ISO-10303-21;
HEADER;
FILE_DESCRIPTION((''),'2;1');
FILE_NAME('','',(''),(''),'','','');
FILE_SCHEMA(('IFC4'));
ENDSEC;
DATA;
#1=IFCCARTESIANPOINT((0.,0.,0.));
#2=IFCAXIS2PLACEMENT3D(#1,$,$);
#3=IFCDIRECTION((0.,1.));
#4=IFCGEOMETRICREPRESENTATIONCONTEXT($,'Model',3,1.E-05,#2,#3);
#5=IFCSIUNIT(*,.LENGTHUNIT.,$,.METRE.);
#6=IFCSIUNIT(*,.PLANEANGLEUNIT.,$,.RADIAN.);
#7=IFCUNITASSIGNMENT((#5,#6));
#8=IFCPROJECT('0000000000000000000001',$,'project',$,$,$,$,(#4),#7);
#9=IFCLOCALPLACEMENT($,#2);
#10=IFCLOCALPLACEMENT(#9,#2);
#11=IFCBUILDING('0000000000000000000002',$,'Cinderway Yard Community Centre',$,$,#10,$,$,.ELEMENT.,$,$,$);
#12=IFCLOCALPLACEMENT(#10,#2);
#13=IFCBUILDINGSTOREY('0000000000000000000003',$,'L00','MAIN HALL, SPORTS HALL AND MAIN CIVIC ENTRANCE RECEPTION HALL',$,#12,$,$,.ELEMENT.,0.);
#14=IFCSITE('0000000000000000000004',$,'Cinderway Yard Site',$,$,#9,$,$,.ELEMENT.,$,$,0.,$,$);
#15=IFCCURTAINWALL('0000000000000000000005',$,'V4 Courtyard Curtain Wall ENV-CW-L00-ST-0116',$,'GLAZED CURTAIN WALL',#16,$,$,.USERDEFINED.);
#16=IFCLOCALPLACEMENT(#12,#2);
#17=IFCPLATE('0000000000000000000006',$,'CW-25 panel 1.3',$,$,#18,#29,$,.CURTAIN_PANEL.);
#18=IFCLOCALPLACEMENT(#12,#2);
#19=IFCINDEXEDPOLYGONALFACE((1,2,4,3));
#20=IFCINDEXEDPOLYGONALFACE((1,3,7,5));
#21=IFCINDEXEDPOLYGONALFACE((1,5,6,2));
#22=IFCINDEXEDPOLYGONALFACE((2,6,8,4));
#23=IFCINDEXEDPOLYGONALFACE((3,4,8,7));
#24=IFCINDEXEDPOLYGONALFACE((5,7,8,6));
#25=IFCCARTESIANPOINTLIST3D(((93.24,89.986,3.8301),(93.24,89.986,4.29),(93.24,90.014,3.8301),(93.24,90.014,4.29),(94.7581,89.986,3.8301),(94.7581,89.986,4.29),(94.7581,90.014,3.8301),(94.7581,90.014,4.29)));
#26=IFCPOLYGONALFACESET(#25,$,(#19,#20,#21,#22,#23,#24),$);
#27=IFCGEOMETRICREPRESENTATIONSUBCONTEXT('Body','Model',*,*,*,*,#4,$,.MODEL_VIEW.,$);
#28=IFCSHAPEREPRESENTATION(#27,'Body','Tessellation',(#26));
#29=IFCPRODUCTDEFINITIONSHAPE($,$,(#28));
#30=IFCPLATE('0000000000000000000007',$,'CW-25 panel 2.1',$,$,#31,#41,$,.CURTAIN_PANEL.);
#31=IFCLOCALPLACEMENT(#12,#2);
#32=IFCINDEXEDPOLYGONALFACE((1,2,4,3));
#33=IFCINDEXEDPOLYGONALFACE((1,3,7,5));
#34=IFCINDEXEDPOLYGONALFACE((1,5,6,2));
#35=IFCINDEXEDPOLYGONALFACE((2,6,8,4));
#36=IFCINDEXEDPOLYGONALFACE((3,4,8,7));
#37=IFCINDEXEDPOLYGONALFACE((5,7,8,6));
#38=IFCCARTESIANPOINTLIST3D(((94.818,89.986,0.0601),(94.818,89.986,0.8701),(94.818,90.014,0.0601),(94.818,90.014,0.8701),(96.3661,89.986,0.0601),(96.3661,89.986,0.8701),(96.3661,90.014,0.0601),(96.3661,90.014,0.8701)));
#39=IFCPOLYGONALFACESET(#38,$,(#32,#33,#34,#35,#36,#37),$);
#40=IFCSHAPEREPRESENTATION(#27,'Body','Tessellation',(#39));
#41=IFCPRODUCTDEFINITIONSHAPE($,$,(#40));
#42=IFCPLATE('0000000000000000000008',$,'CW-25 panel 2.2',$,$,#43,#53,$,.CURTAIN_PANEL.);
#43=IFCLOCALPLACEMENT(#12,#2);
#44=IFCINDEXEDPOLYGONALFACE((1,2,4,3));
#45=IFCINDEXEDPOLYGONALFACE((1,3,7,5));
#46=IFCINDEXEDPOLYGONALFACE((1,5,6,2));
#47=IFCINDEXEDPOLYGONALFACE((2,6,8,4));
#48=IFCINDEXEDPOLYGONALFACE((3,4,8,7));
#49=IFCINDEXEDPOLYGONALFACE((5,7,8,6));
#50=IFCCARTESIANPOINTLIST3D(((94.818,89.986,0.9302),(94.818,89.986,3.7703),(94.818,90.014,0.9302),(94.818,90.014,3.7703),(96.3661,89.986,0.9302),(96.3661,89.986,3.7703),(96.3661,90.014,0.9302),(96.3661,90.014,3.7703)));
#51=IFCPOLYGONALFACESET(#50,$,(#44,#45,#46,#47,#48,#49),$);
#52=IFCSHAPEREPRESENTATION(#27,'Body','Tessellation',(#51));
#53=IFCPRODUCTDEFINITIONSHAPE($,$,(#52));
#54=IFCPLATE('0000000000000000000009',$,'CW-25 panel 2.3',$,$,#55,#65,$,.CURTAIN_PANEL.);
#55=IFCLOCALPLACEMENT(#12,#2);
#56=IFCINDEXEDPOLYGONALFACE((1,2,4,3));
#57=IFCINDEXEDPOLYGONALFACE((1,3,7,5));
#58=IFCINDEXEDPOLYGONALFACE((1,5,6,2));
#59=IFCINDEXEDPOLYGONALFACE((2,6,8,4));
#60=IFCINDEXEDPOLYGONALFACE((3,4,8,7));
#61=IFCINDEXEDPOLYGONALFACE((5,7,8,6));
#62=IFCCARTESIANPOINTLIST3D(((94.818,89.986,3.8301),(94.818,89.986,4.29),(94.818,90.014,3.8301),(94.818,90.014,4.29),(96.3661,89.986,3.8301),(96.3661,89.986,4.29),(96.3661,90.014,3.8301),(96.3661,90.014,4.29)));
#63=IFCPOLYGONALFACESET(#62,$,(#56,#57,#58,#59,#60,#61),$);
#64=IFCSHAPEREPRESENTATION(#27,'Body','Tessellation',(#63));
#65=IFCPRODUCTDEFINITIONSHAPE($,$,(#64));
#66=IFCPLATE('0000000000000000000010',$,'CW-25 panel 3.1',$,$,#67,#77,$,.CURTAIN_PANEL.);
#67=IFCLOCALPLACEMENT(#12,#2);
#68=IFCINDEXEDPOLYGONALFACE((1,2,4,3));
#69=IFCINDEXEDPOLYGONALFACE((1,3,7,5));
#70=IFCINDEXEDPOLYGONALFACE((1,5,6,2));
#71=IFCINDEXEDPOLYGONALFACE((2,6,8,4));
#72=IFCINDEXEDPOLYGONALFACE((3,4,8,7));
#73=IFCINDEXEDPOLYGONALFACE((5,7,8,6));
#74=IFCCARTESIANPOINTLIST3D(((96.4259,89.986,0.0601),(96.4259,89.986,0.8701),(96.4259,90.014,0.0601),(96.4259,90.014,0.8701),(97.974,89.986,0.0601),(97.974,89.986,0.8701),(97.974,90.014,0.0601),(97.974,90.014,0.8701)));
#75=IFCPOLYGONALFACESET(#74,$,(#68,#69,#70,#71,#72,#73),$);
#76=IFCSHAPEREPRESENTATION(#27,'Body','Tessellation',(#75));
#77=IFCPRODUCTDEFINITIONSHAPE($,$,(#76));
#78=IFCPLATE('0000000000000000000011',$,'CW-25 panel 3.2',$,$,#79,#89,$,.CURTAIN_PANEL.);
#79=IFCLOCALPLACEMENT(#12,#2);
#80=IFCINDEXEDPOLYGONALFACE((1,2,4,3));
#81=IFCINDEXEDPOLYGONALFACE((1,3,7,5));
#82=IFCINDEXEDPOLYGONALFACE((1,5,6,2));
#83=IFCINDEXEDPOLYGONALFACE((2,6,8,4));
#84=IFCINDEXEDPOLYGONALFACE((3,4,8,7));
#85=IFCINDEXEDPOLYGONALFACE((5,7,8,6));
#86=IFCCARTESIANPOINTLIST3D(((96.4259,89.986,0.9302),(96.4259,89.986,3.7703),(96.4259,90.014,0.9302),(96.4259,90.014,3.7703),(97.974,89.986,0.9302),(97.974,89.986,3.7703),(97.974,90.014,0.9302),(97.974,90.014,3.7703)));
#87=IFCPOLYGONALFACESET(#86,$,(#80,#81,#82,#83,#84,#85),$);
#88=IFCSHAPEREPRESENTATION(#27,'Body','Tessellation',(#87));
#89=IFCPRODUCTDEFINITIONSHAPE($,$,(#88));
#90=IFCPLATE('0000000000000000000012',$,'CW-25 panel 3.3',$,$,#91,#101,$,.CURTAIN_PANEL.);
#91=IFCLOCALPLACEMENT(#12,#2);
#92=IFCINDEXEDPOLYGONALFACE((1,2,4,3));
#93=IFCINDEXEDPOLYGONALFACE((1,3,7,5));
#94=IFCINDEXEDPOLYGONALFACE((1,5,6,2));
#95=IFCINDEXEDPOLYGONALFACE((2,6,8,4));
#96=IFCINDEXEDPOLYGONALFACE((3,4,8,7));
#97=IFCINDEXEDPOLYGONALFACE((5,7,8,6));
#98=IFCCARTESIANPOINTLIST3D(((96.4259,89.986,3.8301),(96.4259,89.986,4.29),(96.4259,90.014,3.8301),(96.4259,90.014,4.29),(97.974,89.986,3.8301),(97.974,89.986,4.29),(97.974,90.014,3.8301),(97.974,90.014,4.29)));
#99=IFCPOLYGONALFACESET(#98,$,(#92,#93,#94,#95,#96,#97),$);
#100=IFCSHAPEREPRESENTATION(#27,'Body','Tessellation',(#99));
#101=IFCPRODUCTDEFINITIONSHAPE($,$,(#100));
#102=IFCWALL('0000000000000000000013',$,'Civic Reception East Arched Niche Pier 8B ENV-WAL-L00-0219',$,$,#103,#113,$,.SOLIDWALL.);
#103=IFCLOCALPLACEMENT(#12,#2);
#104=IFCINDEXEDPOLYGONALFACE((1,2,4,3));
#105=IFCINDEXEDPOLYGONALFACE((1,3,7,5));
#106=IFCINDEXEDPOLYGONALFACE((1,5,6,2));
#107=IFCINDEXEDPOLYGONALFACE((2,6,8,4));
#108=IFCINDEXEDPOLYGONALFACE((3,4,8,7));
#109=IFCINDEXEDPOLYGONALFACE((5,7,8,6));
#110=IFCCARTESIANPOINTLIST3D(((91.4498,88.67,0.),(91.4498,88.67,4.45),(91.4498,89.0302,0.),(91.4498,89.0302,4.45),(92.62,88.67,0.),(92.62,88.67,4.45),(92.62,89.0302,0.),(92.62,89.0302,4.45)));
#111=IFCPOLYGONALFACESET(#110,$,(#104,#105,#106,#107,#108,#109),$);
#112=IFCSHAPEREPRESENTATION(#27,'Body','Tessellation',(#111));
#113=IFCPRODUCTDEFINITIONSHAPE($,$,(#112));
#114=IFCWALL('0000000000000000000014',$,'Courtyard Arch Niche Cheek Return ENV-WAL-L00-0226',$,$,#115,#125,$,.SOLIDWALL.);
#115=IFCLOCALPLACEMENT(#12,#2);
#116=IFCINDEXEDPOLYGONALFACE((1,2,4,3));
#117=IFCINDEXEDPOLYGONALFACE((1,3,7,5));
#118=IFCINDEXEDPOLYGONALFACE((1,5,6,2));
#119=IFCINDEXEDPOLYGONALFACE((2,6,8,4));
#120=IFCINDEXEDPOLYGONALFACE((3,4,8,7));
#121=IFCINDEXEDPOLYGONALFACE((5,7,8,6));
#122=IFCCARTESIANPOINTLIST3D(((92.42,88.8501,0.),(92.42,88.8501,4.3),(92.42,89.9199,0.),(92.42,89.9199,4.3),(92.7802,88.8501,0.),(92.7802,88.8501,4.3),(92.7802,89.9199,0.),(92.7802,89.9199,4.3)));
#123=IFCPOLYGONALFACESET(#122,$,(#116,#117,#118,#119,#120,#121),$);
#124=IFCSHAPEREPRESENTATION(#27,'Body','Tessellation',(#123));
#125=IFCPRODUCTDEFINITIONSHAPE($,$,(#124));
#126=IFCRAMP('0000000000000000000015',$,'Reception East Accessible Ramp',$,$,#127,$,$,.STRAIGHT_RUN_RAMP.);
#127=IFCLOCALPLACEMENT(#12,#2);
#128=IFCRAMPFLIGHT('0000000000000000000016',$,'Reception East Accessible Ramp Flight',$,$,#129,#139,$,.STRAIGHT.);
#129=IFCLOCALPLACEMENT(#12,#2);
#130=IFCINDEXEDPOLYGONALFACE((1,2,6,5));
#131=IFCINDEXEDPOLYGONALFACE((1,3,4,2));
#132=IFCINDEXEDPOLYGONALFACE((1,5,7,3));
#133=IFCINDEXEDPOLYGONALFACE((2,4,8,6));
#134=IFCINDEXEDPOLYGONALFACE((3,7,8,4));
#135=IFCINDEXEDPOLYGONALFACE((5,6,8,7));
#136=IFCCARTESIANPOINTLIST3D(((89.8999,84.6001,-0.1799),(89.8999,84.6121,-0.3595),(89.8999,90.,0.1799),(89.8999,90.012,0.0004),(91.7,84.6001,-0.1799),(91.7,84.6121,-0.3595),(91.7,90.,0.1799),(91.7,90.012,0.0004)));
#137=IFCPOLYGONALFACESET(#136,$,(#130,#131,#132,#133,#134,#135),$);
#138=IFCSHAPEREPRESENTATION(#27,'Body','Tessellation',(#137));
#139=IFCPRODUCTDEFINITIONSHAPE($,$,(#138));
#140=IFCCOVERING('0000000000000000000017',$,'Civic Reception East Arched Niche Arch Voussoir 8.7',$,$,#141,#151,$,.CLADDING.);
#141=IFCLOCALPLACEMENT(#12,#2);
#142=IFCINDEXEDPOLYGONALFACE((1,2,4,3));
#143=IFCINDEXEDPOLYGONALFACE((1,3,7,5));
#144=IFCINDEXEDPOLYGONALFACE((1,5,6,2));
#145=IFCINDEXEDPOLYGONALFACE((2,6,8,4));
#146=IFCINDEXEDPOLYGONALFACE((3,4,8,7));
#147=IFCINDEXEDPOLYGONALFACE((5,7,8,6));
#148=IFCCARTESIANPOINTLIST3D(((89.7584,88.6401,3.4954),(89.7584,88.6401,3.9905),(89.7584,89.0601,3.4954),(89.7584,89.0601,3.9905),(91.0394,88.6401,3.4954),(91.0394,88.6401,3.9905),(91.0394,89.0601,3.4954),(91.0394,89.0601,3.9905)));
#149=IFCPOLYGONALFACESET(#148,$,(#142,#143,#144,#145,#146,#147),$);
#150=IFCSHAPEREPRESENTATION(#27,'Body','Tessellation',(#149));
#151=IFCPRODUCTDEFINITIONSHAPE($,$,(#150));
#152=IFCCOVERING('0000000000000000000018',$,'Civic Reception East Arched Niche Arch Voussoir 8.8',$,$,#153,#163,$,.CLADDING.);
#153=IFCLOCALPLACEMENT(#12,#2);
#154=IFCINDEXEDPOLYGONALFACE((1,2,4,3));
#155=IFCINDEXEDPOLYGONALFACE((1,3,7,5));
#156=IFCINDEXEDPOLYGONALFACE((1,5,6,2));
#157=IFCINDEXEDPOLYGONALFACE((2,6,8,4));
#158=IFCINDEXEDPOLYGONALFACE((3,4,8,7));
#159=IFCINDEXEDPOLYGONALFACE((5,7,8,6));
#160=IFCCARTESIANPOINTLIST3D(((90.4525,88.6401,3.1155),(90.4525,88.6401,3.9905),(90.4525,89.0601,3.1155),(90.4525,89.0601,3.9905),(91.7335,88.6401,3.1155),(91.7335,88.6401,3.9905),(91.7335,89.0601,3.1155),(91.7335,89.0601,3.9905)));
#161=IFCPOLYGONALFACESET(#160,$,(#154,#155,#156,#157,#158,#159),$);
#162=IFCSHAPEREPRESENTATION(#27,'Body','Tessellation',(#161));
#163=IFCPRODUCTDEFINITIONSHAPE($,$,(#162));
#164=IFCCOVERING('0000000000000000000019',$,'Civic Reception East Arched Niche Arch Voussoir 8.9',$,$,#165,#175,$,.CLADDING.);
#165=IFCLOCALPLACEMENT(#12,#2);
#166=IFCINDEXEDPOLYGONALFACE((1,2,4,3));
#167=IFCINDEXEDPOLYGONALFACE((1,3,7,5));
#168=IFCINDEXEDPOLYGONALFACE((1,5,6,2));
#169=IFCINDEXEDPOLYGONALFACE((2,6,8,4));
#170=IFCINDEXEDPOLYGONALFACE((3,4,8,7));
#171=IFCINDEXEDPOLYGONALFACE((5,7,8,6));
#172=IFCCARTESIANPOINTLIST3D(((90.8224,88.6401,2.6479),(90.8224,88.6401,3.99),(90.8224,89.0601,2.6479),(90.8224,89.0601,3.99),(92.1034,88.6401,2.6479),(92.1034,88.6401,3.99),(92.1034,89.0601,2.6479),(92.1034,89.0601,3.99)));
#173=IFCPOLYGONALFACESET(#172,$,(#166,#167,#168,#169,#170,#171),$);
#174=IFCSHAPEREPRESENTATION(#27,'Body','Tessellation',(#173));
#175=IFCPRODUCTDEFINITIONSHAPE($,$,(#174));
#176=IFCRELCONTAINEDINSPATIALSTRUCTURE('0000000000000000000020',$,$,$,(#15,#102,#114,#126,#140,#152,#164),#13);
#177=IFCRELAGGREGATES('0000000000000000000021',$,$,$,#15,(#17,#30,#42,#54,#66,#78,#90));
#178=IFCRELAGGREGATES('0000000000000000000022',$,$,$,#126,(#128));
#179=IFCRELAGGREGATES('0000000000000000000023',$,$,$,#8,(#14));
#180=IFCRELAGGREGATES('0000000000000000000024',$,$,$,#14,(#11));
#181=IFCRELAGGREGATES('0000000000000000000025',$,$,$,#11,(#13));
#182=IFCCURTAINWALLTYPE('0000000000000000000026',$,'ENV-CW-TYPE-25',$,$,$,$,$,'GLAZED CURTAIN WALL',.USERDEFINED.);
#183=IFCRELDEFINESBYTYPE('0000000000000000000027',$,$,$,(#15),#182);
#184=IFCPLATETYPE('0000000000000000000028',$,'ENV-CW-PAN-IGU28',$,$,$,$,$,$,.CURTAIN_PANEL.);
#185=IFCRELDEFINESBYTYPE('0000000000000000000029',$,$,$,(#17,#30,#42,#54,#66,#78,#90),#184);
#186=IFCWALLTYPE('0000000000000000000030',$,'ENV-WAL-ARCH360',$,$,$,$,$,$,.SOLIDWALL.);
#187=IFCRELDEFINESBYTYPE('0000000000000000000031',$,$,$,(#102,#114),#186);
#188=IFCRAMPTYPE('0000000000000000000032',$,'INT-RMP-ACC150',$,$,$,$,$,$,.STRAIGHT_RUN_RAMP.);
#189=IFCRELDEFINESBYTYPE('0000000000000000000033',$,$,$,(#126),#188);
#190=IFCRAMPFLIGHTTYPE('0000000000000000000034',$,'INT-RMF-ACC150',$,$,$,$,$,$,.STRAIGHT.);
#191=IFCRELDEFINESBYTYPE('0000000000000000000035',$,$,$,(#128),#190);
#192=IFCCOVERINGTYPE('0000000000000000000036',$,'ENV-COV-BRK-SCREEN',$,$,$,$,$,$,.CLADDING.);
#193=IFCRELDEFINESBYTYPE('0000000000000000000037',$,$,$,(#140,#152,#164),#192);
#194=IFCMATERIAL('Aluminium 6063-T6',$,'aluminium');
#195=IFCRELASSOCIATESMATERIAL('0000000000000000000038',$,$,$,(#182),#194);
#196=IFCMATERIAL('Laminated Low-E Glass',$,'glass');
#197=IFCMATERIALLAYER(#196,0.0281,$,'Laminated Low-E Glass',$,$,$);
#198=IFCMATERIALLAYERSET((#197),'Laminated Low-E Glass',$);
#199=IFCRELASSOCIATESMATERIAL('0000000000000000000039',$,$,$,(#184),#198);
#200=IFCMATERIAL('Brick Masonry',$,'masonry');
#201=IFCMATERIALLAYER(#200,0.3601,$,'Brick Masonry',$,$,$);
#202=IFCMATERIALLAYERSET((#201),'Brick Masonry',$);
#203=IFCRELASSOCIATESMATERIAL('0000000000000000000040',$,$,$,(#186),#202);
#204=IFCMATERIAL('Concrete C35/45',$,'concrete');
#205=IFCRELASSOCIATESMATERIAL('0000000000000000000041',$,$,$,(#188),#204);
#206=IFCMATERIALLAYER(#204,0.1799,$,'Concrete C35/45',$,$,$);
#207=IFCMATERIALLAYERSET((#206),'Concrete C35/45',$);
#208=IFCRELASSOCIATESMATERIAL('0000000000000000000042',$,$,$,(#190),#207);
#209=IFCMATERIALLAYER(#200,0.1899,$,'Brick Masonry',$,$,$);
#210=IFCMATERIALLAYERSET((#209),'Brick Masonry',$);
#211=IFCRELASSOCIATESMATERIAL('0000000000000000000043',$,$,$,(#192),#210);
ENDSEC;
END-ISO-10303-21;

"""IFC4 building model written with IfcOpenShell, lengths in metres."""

from ifc_helpers import new_model, si_unit, direction, frame, frame_2d, origin, origin_2d, place, context, subcontext, project, spatial, polyline, rectangle, outline, extrude, material, layer, layer_set, type_object, element, aggregate, save


model = new_model("IFC4")

# Units and contexts
model_context = context("Model", 3, precision=1e-05, world=origin(), true_north=direction((0.0, 1.0)))
body_context = subcontext(model_context, "Body", "Model", "MODEL_VIEW")
ifc_project = project(units=[si_unit("LENGTHUNIT", "METRE"), si_unit("PLANEANGLEUNIT", "RADIAN")], contexts=[model_context])

# Site, building, storey
site_placement = place(None, origin())
site = spatial("IfcSite", under=ifc_project, at=site_placement, Name="Cinderway Yard Site", CompositionType="ELEMENT", RefElevation=0.0)
building_placement = place(site_placement, origin())
building = spatial("IfcBuilding", under=site, at=building_placement, Name="Cinderway Yard Community Centre", CompositionType="ELEMENT")
storey_placement = place(building_placement, origin())
storey = spatial("IfcBuildingStorey", under=building, at=storey_placement, Name="L00", Description="MAIN HALL, SPORTS HALL AND MAIN CIVIC ENTRANCE RECEPTION HALL", CompositionType="ELEMENT", Elevation=0.0)

# Curtain wall, plates
ifc_material_1 = material(Name="Aluminium 6063-T6", Category="aluminium")
curtain_wall_type = type_object("IfcCurtainWallType", Name="ENV-CW-TYPE-25", ElementType="GLAZED CURTAIN WALL", PredefinedType="USERDEFINED", material=ifc_material_1)
curtain_wall_placement = place(storey_placement, origin())
curtain_wall = element("IfcCurtainWall", 1, at=curtain_wall_placement, inside=storey, type_object=curtain_wall_type, Name="V4 Courtyard Curtain Wall ENV-CW-L00-ST-0116", ObjectType="GLAZED CURTAIN WALL", PredefinedType="USERDEFINED")
ifc_material_2 = material(Name="Laminated Low-E Glass", Category="glass")
ifc_layer_1 = layer(ifc_material_2, 0.0281, Name="Laminated Low-E Glass")
ifc_layer_set_1 = layer_set([ifc_layer_1], Name="Laminated Low-E Glass")
plate_type = type_object("IfcPlateType", Name="ENV-CW-PAN-IGU28", PredefinedType="CURTAIN_PANEL", material=ifc_layer_set_1)
plate_1_placement = place(storey_placement, frame((93.999, 90.0, 3.8301), z_axis=(0.0, 0.0, 1.0), x_axis=(1.0, 0.0, 0.0)))
plate_1 = element("IfcPlate", 2, at=plate_1_placement, type_object=plate_type, Name="CW-25 panel 1.3", PredefinedType="CURTAIN_PANEL", context=body_context, shape_type="SweptSolid", body=[
    extrude(rectangle(XDim=1.5181, YDim=0.0281, at=origin_2d()), origin(), (0.0, 0.0, 1.0), 0.46),
])
plate_2_placement = place(storey_placement, frame((95.592, 90.0, 0.0601), z_axis=(0.0, 0.0, 1.0), x_axis=(1.0, 0.0, 0.0)))
plate_2 = element("IfcPlate", 3, at=plate_2_placement, type_object=plate_type, Name="CW-25 panel 2.1", PredefinedType="CURTAIN_PANEL", context=body_context, shape_type="SweptSolid", body=[
    extrude(rectangle(XDim=1.5481, YDim=0.0281, at=origin_2d()), origin(), (0.0, 0.0, 1.0), 0.8101),
])
plate_3_placement = place(storey_placement, frame((95.592, 90.0, 0.9302), z_axis=(0.0, 0.0, 1.0), x_axis=(1.0, 0.0, 0.0)))
plate_3 = element("IfcPlate", 4, at=plate_3_placement, type_object=plate_type, Name="CW-25 panel 2.2", PredefinedType="CURTAIN_PANEL", context=body_context, shape_type="SweptSolid", body=[
    extrude(rectangle(XDim=1.5481, YDim=0.0281, at=origin_2d()), origin(), (0.0, 0.0, 1.0), 2.8401),
])
plate_4_placement = place(storey_placement, frame((95.592, 90.0, 3.8301), z_axis=(0.0, 0.0, 1.0), x_axis=(1.0, 0.0, 0.0)))
plate_4 = element("IfcPlate", 5, at=plate_4_placement, type_object=plate_type, Name="CW-25 panel 2.3", PredefinedType="CURTAIN_PANEL", context=body_context, shape_type="SweptSolid", body=[
    extrude(rectangle(XDim=1.5481, YDim=0.0281, at=origin_2d()), origin(), (0.0, 0.0, 1.0), 0.46),
])
plate_5_placement = place(storey_placement, frame((97.2, 90.0, 0.0601), z_axis=(0.0, 0.0, 1.0), x_axis=(1.0, 0.0, 0.0)))
plate_5 = element("IfcPlate", 6, at=plate_5_placement, type_object=plate_type, Name="CW-25 panel 3.1", PredefinedType="CURTAIN_PANEL", context=body_context, shape_type="SweptSolid", body=[
    extrude(rectangle(XDim=1.5481, YDim=0.0281, at=origin_2d()), origin(), (0.0, 0.0, 1.0), 0.8101),
])
plate_6_placement = place(storey_placement, frame((97.2, 90.0, 0.9302), z_axis=(0.0, 0.0, 1.0), x_axis=(1.0, 0.0, 0.0)))
plate_6 = element("IfcPlate", 7, at=plate_6_placement, type_object=plate_type, Name="CW-25 panel 3.2", PredefinedType="CURTAIN_PANEL", context=body_context, shape_type="SweptSolid", body=[
    extrude(rectangle(XDim=1.5481, YDim=0.0281, at=origin_2d()), origin(), (0.0, 0.0, 1.0), 2.8401),
])
plate_7_placement = place(storey_placement, frame((97.2, 90.0, 3.8301), z_axis=(0.0, 0.0, 1.0), x_axis=(1.0, 0.0, 0.0)))
plate_7 = element("IfcPlate", 8, at=plate_7_placement, type_object=plate_type, Name="CW-25 panel 3.3", PredefinedType="CURTAIN_PANEL", context=body_context, shape_type="SweptSolid", body=[
    extrude(rectangle(XDim=1.5481, YDim=0.0281, at=origin_2d()), origin(), (0.0, 0.0, 1.0), 0.46),
])
aggregate(curtain_wall, [plate_1, plate_2, plate_3, plate_4, plate_5, plate_6, plate_7])

# Walls
ifc_material_3 = material(Name="Brick Masonry", Category="masonry")
ifc_layer_2 = layer(ifc_material_3, 0.3601, Name="Brick Masonry")
ifc_layer_set_2 = layer_set([ifc_layer_2], Name="Brick Masonry")
wall_type = type_object("IfcWallType", Name="ENV-WAL-ARCH360", PredefinedType="SOLIDWALL", material=ifc_layer_set_2)
wall_1_placement = place(storey_placement, frame((91.45, 88.8501, 0.0), z_axis=(0.0, 0.0, 1.0), x_axis=(1.0, 0.0, 0.0)))
element("IfcWall", 9, at=wall_1_placement, inside=storey, type_object=wall_type, Name="Civic Reception East Arched Niche Pier 8B ENV-WAL-L00-0219", PredefinedType="SOLIDWALL", context=body_context, shape_type="SweptSolid", body=[
    extrude(rectangle(XDim=1.1702, YDim=0.3601, at=frame_2d((0.585, 0.0))), origin(), (0.0, 0.0, 1.0), 4.45),
])
wall_2_placement = place(storey_placement, frame((92.6001, 88.8501, 0.0), z_axis=(0.0, 0.0, 1.0), x_axis=(0.0, 1.0, 0.0)))
element("IfcWall", 10, at=wall_2_placement, inside=storey, type_object=wall_type, Name="Courtyard Arch Niche Cheek Return ENV-WAL-L00-0226", PredefinedType="SOLIDWALL", context=body_context, shape_type="SweptSolid", body=[
    extrude(rectangle(XDim=1.0698, YDim=0.3601, at=frame_2d((0.5349, 0.0))), origin(), (0.0, 0.0, 1.0), 4.3),
])

# Ramp, ramp flight
ifc_material_4 = material(Name="Concrete C35/45", Category="concrete")
ramp_type = type_object("IfcRampType", Name="INT-RMP-ACC150", PredefinedType="STRAIGHT_RUN_RAMP", material=ifc_material_4)
ramp_placement = place(storey_placement, origin())
ramp = element("IfcRamp", 11, at=ramp_placement, inside=storey, type_object=ramp_type, Name="Reception East Accessible Ramp", PredefinedType="STRAIGHT_RUN_RAMP")
ifc_layer_3 = layer(ifc_material_4, 0.1799, Name="Concrete C35/45")
ifc_layer_set_3 = layer_set([ifc_layer_3], Name="Concrete C35/45")
ramp_flight_type = type_object("IfcRampFlightType", Name="INT-RMF-ACC150", PredefinedType="STRAIGHT", material=ifc_layer_set_3)
ramp_flight_placement = place(storey_placement, frame((91.7, 84.6001, -0.1799), z_axis=(0.0, -0.066495, 0.997787), x_axis=(-1.0, 0.0, 0.0)))
ramp_flight = element("IfcRampFlight", 12, at=ramp_flight_placement, type_object=ramp_flight_type, Name="Reception East Accessible Ramp Flight", PredefinedType="STRAIGHT", context=body_context, shape_type="SweptSolid", body=[
    extrude(outline(polyline([(0.0, 0.0), (1.8, 0.0), (1.8, -5.4119), (0.0, -5.4119), (0.0, 0.0)])), origin(), (0.0, 0.0, -1.0), 0.1799),
])
aggregate(ramp, [ramp_flight])

# Coverings
ifc_layer_4 = layer(ifc_material_3, 0.1899, Name="Brick Masonry")
ifc_layer_set_4 = layer_set([ifc_layer_4], Name="Brick Masonry")
covering_type = type_object("IfcCoveringType", Name="ENV-COV-BRK-SCREEN", PredefinedType="CLADDING", material=ifc_layer_set_4)
covering_1_placement = place(storey_placement, frame((90.3989, 88.8501, 3.4954), z_axis=(0.0, 0.0, 1.0), x_axis=(1.0, 0.0, 0.0)))
element("IfcCovering", 13, at=covering_1_placement, inside=storey, type_object=covering_type, Name="Civic Reception East Arched Niche Arch Voussoir 8.7", PredefinedType="CLADDING", context=body_context, shape_type="SweptSolid", body=[
    extrude(rectangle(XDim=1.281, YDim=0.4199, at=origin_2d()), origin(), (0.0, 0.0, 1.0), 0.4951),
])
covering_2_placement = place(storey_placement, frame((91.093, 88.8501, 3.1155), z_axis=(0.0, 0.0, 1.0), x_axis=(1.0, 0.0, 0.0)))
element("IfcCovering", 14, at=covering_2_placement, inside=storey, type_object=covering_type, Name="Civic Reception East Arched Niche Arch Voussoir 8.8", PredefinedType="CLADDING", context=body_context, shape_type="SweptSolid", body=[
    extrude(rectangle(XDim=1.281, YDim=0.4199, at=origin_2d()), origin(), (0.0, 0.0, 1.0), 0.875),
])
covering_3_placement = place(storey_placement, frame((91.4629, 88.8501, 2.6479), z_axis=(0.0, 0.0, 1.0), x_axis=(1.0, 0.0, 0.0)))
element("IfcCovering", 15, at=covering_3_placement, inside=storey, type_object=covering_type, Name="Civic Reception East Arched Niche Arch Voussoir 8.9", PredefinedType="CLADDING", context=body_context, shape_type="SweptSolid", body=[
    extrude(rectangle(XDim=1.281, YDim=0.4199, at=origin_2d()), origin(), (0.0, 0.0, 1.0), 1.342),
])

save(model, "model.ifc")
